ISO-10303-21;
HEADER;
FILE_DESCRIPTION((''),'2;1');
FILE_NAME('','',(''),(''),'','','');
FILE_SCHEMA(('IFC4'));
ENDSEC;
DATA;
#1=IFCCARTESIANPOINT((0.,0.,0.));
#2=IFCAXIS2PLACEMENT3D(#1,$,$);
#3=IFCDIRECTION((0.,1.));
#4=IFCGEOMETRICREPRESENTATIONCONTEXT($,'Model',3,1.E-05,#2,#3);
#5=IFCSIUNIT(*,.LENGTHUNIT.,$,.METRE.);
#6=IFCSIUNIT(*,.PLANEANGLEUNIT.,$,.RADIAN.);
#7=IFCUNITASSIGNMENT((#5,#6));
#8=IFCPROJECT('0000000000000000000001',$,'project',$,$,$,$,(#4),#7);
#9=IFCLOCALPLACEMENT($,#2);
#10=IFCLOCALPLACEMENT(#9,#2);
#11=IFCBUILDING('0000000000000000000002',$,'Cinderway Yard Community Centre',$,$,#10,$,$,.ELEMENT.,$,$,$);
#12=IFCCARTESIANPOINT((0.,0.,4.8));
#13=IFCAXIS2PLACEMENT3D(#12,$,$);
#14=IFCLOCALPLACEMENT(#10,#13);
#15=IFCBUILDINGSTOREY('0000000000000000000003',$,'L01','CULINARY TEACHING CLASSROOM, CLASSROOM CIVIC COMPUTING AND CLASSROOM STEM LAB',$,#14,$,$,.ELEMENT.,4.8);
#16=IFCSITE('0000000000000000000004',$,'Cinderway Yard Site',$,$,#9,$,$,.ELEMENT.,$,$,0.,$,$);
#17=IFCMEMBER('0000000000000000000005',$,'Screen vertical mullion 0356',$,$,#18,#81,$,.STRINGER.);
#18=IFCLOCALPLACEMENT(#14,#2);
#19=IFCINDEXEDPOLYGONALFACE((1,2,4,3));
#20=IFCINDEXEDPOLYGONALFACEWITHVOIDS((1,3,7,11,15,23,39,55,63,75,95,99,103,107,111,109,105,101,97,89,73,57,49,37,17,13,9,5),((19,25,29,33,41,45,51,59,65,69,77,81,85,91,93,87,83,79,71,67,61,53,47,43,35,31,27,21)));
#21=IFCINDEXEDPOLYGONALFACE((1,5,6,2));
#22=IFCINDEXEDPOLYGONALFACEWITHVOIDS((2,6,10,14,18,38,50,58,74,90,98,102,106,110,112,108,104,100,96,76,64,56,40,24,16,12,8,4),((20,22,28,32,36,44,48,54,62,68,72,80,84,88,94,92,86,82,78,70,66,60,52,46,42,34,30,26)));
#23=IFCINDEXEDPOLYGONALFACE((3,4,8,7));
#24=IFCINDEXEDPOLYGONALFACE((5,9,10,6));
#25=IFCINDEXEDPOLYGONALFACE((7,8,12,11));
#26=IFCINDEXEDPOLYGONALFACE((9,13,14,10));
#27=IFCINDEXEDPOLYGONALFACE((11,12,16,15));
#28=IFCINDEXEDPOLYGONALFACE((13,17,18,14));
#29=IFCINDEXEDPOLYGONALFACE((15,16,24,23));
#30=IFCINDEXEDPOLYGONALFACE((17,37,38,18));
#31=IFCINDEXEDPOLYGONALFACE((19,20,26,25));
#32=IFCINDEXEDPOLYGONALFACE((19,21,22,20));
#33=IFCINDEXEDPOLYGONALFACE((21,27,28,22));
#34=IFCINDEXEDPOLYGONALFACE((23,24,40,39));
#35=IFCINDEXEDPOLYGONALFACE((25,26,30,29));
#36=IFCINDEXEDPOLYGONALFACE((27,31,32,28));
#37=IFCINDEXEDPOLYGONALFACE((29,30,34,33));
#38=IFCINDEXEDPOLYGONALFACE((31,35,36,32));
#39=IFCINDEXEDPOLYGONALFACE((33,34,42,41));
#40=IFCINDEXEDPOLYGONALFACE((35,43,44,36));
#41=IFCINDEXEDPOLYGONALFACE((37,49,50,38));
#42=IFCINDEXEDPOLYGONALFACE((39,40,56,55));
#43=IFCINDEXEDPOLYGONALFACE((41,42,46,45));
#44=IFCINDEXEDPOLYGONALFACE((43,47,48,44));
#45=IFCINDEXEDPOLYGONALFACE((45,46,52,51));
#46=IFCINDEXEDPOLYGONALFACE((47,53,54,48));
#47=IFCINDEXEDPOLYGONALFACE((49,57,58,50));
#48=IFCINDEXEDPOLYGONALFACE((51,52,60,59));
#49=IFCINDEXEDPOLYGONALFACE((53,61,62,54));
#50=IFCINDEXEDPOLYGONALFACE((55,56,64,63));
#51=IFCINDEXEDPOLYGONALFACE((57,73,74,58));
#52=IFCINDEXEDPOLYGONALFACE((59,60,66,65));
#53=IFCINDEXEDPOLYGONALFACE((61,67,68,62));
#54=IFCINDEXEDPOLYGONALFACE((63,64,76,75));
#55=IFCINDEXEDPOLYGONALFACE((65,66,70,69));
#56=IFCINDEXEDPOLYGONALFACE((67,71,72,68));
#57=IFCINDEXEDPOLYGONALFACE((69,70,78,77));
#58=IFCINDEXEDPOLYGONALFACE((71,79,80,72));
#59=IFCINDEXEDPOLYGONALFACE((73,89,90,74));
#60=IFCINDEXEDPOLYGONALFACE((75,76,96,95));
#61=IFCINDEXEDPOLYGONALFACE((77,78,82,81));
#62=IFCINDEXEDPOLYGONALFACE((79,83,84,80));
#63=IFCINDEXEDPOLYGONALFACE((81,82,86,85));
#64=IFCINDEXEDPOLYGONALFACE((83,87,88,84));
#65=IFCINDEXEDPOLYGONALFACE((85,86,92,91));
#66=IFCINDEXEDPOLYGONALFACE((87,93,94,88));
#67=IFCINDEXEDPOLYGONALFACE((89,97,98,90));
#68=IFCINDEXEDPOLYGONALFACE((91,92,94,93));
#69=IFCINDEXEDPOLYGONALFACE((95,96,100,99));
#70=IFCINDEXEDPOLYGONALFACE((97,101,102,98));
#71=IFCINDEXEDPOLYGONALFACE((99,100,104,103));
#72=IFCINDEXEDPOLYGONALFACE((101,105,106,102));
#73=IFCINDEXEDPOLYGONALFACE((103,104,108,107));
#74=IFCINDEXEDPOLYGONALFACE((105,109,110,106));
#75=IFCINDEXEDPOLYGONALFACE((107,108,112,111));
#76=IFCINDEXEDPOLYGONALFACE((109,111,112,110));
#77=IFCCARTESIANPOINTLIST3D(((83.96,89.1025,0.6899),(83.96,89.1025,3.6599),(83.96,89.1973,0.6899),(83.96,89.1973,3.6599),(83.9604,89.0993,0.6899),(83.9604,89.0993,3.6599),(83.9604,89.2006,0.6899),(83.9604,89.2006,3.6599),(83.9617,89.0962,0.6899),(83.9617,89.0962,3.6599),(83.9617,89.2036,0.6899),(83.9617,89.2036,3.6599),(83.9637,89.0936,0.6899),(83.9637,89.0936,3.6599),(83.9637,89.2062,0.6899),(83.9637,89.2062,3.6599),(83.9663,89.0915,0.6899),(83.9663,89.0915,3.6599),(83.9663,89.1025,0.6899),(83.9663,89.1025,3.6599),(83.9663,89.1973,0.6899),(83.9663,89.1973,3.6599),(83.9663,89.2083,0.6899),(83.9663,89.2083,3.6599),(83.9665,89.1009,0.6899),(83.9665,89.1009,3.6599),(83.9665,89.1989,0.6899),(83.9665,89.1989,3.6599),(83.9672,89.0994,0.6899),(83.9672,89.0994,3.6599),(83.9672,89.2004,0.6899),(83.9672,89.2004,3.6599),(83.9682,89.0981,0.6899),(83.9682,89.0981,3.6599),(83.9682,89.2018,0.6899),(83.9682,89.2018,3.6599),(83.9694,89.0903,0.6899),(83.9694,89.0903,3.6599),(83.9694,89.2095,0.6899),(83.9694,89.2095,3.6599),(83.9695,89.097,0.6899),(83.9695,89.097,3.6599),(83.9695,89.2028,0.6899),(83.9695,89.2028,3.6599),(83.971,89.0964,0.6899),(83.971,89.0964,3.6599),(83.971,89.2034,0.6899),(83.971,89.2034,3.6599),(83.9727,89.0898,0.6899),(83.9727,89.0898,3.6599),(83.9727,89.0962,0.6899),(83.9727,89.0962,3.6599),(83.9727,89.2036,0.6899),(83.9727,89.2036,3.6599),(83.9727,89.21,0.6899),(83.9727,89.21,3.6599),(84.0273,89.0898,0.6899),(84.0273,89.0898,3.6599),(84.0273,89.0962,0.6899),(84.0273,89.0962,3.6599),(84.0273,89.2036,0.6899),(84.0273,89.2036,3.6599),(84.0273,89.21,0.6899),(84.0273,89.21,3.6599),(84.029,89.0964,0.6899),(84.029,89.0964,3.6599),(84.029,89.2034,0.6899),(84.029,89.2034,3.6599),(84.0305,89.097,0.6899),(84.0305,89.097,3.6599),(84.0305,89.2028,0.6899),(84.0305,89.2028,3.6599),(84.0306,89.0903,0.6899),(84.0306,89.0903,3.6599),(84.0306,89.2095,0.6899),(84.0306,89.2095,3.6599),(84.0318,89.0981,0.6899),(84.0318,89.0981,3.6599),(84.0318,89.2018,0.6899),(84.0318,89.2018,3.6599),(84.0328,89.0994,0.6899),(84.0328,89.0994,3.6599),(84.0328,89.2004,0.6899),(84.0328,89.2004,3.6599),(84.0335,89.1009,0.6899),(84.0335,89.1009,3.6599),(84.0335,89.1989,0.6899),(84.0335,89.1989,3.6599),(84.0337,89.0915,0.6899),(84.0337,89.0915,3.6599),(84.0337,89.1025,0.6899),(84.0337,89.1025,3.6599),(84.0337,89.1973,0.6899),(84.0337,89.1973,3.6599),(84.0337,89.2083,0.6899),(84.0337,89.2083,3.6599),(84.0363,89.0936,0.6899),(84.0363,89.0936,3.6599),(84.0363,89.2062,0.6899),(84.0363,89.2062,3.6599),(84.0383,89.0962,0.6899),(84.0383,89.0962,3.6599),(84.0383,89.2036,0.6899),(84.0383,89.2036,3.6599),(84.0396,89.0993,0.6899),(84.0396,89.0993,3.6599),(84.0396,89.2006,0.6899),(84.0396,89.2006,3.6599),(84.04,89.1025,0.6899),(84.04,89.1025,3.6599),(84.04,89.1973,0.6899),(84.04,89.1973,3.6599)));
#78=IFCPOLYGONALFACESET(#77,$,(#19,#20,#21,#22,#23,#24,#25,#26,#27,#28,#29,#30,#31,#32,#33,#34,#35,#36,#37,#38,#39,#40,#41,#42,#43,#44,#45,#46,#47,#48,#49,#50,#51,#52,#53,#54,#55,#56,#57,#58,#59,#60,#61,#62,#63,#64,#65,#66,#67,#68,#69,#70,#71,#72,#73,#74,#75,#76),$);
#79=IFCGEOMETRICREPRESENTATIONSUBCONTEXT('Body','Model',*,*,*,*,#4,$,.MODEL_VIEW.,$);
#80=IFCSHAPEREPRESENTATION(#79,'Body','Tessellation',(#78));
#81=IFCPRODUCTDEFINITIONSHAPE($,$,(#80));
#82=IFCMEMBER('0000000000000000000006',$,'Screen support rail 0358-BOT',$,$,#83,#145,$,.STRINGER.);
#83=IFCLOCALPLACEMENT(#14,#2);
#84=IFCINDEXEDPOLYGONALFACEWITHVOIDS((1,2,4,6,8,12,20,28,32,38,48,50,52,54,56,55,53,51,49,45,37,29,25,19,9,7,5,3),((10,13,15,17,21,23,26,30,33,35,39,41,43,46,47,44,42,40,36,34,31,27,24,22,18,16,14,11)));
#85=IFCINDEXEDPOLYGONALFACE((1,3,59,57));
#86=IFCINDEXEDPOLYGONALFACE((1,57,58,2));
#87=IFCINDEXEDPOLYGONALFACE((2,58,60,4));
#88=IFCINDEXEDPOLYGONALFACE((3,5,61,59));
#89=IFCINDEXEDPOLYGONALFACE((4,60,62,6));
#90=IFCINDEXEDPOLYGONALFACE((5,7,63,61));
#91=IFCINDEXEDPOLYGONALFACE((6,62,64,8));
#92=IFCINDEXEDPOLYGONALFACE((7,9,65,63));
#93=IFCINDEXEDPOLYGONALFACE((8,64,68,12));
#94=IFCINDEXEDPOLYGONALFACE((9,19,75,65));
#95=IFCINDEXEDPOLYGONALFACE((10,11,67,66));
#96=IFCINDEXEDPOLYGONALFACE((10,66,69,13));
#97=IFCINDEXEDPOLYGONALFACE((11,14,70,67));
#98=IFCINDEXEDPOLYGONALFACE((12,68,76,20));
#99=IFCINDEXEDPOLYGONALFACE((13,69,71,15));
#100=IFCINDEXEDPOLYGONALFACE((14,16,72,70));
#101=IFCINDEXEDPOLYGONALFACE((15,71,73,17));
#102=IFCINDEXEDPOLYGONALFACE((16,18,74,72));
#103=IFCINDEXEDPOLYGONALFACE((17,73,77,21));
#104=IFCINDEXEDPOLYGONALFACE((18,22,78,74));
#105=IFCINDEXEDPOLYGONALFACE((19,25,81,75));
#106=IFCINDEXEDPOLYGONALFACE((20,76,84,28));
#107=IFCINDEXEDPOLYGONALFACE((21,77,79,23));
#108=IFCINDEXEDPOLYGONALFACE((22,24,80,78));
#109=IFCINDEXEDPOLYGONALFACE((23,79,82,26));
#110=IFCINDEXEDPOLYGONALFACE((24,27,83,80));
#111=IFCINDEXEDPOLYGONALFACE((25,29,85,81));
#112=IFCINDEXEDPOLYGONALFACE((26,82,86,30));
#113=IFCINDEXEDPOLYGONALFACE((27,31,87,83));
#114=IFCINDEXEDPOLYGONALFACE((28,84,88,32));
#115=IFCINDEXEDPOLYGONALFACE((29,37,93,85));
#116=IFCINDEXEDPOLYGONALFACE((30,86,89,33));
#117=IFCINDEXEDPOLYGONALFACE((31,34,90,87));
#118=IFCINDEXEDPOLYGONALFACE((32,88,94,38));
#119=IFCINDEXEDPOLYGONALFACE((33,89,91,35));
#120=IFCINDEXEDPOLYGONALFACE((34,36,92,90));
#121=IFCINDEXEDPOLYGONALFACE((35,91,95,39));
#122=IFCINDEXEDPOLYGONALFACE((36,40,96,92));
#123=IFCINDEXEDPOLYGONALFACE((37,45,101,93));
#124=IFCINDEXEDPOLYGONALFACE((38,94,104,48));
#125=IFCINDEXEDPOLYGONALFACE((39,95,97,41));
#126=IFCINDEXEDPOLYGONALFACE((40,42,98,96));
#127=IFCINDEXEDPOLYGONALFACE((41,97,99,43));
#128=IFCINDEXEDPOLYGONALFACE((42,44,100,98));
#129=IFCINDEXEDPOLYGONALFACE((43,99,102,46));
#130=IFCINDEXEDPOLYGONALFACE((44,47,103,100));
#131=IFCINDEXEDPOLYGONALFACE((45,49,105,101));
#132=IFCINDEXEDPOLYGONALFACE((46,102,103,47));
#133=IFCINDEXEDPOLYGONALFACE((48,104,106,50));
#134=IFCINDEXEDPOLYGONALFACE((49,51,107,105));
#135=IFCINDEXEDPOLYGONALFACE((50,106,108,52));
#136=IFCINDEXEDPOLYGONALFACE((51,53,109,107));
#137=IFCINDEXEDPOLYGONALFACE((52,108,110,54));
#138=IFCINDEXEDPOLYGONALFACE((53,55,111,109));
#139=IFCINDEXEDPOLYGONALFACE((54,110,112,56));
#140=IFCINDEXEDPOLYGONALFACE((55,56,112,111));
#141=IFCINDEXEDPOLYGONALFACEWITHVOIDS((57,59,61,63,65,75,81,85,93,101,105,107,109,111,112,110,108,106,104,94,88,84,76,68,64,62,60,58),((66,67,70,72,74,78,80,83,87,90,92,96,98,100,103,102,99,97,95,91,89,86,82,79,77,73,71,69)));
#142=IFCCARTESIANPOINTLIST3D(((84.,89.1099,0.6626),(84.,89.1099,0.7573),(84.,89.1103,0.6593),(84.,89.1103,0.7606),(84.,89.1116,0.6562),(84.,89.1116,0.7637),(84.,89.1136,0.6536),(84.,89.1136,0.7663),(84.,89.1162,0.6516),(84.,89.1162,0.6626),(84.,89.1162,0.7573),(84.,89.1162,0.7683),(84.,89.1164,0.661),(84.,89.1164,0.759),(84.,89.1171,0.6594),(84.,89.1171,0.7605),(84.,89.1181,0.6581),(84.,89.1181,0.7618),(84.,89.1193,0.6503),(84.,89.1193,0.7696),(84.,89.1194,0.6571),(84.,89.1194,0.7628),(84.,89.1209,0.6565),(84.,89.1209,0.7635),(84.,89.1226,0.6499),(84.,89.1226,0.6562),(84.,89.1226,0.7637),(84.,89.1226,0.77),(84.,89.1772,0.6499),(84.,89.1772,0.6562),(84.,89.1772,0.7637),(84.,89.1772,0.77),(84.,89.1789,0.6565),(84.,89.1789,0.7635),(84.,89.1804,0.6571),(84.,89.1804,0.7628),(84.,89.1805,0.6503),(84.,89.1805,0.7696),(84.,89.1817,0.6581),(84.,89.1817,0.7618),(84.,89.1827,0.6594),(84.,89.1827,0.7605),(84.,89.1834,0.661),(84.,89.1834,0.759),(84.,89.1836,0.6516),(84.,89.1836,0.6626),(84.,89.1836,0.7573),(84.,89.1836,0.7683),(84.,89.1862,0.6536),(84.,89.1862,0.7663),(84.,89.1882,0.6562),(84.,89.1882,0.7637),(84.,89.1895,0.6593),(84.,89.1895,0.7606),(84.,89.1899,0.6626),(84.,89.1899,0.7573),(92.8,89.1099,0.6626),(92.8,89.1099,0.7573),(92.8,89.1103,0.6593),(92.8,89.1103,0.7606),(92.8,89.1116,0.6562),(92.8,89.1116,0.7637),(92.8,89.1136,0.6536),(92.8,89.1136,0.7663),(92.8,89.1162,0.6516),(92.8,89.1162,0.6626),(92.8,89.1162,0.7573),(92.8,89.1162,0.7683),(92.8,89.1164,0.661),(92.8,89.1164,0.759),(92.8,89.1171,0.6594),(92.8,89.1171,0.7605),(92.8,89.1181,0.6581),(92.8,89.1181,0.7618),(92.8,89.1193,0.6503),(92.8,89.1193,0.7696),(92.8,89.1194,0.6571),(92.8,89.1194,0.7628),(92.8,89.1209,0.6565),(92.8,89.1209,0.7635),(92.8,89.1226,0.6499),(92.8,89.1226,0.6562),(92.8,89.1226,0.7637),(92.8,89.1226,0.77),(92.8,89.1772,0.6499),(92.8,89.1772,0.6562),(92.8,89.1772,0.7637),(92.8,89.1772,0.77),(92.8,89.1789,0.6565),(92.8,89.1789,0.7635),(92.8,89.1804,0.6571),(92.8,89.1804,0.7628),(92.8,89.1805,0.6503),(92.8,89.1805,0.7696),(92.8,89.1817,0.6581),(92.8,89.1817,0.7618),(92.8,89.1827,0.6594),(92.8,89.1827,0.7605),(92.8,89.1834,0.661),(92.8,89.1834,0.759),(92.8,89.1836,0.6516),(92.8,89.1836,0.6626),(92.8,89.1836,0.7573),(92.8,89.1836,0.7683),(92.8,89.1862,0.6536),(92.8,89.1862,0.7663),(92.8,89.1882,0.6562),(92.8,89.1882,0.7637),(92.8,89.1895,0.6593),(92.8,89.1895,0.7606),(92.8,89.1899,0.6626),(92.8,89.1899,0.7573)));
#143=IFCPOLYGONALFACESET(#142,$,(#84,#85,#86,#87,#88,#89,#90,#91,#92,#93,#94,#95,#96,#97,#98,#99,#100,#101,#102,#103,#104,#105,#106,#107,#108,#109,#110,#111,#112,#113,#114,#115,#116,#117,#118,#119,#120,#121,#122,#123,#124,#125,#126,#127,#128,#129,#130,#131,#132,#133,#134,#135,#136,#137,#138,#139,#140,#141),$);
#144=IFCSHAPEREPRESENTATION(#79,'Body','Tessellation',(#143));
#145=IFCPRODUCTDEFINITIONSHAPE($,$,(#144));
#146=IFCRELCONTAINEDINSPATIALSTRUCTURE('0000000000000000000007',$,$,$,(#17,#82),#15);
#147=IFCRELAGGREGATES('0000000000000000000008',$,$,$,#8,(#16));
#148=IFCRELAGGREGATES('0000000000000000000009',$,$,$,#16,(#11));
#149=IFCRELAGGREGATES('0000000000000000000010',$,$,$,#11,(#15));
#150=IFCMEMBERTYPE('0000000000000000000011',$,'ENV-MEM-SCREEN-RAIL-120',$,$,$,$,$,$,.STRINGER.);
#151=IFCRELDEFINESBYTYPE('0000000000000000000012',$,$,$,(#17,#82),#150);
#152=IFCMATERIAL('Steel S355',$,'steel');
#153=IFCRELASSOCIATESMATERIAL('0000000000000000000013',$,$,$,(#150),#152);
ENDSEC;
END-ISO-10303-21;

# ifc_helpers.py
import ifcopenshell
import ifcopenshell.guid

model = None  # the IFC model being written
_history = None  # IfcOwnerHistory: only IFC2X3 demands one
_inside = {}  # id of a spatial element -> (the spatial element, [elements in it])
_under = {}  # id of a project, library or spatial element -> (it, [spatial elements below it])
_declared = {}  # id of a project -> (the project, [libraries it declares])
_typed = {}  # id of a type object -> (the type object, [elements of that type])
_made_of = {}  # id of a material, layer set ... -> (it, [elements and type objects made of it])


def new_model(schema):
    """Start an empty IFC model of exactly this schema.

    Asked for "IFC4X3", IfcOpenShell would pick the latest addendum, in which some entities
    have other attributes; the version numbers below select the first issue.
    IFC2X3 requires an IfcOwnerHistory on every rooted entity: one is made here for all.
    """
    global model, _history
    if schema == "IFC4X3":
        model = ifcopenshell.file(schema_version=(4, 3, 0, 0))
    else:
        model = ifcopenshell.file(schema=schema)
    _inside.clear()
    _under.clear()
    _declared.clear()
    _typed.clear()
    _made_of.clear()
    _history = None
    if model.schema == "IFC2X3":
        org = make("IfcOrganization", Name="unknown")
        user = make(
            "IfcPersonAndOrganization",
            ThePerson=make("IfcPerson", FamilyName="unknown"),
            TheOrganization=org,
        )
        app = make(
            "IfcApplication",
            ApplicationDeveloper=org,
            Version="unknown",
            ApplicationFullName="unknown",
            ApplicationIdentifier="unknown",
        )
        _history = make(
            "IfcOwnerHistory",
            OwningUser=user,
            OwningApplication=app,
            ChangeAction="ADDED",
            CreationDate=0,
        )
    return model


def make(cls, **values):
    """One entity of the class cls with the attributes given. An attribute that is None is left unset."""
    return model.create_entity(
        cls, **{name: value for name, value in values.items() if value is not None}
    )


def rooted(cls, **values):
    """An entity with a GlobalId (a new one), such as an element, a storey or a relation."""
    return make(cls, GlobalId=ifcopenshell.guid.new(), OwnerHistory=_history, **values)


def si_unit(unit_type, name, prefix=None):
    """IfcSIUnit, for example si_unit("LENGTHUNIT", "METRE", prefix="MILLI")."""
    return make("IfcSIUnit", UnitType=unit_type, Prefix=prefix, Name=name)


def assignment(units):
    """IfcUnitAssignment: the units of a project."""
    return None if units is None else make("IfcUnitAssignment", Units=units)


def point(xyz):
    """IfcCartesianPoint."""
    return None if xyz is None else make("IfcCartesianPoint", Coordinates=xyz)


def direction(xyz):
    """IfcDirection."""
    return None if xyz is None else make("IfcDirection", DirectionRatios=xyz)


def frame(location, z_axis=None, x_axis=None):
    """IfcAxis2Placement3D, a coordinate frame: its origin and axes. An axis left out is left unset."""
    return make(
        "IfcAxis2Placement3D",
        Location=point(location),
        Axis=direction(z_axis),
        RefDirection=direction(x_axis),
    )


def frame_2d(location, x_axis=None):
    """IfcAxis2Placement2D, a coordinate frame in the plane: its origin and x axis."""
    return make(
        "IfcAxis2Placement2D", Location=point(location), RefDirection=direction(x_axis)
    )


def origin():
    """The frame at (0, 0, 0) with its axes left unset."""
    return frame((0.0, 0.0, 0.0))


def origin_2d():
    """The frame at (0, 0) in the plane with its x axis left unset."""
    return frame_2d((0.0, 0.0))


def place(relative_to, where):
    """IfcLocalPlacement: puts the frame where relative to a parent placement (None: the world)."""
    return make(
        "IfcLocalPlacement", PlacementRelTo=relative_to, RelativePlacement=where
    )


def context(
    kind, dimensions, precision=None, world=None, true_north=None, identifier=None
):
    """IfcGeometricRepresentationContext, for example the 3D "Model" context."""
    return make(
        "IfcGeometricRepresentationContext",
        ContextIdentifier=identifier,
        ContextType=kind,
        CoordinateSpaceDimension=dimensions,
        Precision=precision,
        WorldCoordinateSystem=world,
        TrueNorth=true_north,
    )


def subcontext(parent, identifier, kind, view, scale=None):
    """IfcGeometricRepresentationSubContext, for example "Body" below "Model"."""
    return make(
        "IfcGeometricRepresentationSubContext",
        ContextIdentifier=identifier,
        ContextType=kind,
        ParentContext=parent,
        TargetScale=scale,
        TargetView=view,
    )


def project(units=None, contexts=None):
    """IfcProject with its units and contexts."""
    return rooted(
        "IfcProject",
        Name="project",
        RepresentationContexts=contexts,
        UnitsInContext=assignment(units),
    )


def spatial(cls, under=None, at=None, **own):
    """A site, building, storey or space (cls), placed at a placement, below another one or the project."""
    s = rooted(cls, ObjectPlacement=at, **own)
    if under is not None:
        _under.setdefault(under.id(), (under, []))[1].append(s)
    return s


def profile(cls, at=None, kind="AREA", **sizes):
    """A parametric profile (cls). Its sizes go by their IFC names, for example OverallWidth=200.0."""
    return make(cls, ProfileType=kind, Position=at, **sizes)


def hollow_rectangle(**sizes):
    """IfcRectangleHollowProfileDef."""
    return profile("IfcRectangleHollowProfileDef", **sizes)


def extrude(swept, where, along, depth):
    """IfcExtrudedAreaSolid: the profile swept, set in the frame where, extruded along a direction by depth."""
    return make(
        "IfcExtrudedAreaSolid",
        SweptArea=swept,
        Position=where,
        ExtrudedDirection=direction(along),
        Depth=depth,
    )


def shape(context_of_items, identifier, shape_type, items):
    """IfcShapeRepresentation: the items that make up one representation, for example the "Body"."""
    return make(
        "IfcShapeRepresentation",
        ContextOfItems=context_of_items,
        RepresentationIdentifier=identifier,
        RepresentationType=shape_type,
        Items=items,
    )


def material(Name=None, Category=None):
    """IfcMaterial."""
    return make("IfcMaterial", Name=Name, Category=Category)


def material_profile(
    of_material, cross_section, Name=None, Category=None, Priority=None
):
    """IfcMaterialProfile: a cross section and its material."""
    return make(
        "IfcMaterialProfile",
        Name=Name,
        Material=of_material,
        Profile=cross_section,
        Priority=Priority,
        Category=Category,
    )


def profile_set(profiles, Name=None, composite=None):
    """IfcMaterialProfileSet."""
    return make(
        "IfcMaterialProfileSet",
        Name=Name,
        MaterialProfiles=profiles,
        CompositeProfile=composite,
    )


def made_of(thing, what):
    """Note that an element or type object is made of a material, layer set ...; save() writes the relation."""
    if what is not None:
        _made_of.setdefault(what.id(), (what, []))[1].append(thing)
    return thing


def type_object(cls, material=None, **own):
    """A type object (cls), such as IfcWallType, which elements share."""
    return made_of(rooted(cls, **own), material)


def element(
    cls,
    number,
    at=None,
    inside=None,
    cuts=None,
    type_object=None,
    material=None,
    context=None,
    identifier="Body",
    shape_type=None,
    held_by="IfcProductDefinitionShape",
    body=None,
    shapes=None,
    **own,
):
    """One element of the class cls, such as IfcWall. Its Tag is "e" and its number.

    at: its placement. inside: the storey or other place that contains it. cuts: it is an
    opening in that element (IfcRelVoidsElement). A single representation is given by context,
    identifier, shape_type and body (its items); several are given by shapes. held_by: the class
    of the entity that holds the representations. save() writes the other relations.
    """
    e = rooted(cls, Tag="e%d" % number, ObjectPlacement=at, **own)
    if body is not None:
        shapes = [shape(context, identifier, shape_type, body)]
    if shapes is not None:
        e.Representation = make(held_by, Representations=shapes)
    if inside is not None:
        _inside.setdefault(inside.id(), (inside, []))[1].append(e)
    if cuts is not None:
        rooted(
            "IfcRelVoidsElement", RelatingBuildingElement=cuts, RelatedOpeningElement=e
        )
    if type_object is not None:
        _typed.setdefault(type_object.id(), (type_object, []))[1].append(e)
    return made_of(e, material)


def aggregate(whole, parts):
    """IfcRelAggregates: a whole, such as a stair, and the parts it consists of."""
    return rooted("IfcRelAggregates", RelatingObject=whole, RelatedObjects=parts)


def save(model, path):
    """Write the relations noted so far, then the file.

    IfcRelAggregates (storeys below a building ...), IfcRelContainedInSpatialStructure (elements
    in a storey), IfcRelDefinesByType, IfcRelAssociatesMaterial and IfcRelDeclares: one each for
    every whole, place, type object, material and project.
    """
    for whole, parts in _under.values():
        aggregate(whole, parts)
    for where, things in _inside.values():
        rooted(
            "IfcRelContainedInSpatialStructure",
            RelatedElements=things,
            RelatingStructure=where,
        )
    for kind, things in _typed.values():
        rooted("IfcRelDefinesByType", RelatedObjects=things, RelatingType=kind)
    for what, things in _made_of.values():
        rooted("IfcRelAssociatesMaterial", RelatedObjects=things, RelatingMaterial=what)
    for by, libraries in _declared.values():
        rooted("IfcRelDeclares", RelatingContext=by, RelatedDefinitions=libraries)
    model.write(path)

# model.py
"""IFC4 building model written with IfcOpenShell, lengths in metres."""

from ifc_helpers import new_model, si_unit, direction, frame, origin, origin_2d, place, context, subcontext, project, spatial, hollow_rectangle, extrude, material, material_profile, profile_set, type_object, element, save


model = new_model("IFC4")

# Units and contexts
model_context = context("Model", 3, precision=1e-05, world=origin(), true_north=direction((0.0, 1.0)))
body_context = subcontext(model_context, "Body", "Model", "MODEL_VIEW")
ifc_project = project(units=[si_unit("LENGTHUNIT", "METRE"), si_unit("PLANEANGLEUNIT", "RADIAN")], contexts=[model_context])

# Site, building, storey
site_placement = place(None, origin())
site = spatial("IfcSite", under=ifc_project, at=site_placement, Name="Cinderway Yard Site", CompositionType="ELEMENT", RefElevation=0.0)
building_placement = place(site_placement, origin())
building = spatial("IfcBuilding", under=site, at=building_placement, Name="Cinderway Yard Community Centre", CompositionType="ELEMENT")
storey_placement = place(building_placement, frame((0.0, 0.0, 4.8)))
storey = spatial("IfcBuildingStorey", under=building, at=storey_placement, Name="L01", Description="CULINARY TEACHING CLASSROOM, CLASSROOM CIVIC COMPUTING AND CLASSROOM STEM LAB", CompositionType="ELEMENT", Elevation=4.8)

# Members
ifc_material_1 = material(Name="Steel S355", Category="steel")
ifc_material_profile_1 = material_profile(ifc_material_1, hollow_rectangle(XDim=0.0801, YDim=0.1201, WallThickness=0.0063, InnerFilletRadius=0.0063, OuterFilletRadius=0.0127, at=origin_2d()), Name="Steel S355")
ifc_profile_set_1 = profile_set([ifc_material_profile_1], Name="Steel S355")
member_type_1 = type_object("IfcMemberType", Name="ENV-MEM-SCREEN-RAIL-120", PredefinedType="STRINGER", material=ifc_profile_set_1)
member_1_placement = place(storey_placement, frame((84.0, 89.1499, 0.6899), z_axis=(0.0, 0.0, 1.0), x_axis=(1.0, 0.0, 0.0)))
element("IfcMember", 1, at=member_1_placement, inside=storey, type_object=member_type_1, Name="Screen vertical mullion 0356", PredefinedType="STRINGER", context=body_context, shape_type="SweptSolid", body=[
    extrude(hollow_rectangle(XDim=0.0801, YDim=0.1201, WallThickness=0.0063, InnerFilletRadius=0.0063, OuterFilletRadius=0.0127, at=origin_2d()), origin(), (0.0, 0.0, 1.0), 2.97),
])
for number, where, z_axis, x_axis, name in (
    (2, (84.0, 89.1499, 0.71), (1.0, 0.0, 0.0), (0.0, 1.0, 0.0), "Screen support rail 0358-BOT"),
):
    element("IfcMember", number, at=place(storey_placement, frame(where, z_axis=z_axis, x_axis=x_axis)), inside=storey, type_object=member_type_1, Name=name, PredefinedType="STRINGER", context=body_context, shape_type="SweptSolid", body=[
        extrude(hollow_rectangle(XDim=0.0801, YDim=0.1201, WallThickness=0.0063, InnerFilletRadius=0.0063, OuterFilletRadius=0.0127, at=origin_2d()), origin(), (0.0, 0.0, 1.0), 8.8),
    ])

save(model, "model.ifc")
